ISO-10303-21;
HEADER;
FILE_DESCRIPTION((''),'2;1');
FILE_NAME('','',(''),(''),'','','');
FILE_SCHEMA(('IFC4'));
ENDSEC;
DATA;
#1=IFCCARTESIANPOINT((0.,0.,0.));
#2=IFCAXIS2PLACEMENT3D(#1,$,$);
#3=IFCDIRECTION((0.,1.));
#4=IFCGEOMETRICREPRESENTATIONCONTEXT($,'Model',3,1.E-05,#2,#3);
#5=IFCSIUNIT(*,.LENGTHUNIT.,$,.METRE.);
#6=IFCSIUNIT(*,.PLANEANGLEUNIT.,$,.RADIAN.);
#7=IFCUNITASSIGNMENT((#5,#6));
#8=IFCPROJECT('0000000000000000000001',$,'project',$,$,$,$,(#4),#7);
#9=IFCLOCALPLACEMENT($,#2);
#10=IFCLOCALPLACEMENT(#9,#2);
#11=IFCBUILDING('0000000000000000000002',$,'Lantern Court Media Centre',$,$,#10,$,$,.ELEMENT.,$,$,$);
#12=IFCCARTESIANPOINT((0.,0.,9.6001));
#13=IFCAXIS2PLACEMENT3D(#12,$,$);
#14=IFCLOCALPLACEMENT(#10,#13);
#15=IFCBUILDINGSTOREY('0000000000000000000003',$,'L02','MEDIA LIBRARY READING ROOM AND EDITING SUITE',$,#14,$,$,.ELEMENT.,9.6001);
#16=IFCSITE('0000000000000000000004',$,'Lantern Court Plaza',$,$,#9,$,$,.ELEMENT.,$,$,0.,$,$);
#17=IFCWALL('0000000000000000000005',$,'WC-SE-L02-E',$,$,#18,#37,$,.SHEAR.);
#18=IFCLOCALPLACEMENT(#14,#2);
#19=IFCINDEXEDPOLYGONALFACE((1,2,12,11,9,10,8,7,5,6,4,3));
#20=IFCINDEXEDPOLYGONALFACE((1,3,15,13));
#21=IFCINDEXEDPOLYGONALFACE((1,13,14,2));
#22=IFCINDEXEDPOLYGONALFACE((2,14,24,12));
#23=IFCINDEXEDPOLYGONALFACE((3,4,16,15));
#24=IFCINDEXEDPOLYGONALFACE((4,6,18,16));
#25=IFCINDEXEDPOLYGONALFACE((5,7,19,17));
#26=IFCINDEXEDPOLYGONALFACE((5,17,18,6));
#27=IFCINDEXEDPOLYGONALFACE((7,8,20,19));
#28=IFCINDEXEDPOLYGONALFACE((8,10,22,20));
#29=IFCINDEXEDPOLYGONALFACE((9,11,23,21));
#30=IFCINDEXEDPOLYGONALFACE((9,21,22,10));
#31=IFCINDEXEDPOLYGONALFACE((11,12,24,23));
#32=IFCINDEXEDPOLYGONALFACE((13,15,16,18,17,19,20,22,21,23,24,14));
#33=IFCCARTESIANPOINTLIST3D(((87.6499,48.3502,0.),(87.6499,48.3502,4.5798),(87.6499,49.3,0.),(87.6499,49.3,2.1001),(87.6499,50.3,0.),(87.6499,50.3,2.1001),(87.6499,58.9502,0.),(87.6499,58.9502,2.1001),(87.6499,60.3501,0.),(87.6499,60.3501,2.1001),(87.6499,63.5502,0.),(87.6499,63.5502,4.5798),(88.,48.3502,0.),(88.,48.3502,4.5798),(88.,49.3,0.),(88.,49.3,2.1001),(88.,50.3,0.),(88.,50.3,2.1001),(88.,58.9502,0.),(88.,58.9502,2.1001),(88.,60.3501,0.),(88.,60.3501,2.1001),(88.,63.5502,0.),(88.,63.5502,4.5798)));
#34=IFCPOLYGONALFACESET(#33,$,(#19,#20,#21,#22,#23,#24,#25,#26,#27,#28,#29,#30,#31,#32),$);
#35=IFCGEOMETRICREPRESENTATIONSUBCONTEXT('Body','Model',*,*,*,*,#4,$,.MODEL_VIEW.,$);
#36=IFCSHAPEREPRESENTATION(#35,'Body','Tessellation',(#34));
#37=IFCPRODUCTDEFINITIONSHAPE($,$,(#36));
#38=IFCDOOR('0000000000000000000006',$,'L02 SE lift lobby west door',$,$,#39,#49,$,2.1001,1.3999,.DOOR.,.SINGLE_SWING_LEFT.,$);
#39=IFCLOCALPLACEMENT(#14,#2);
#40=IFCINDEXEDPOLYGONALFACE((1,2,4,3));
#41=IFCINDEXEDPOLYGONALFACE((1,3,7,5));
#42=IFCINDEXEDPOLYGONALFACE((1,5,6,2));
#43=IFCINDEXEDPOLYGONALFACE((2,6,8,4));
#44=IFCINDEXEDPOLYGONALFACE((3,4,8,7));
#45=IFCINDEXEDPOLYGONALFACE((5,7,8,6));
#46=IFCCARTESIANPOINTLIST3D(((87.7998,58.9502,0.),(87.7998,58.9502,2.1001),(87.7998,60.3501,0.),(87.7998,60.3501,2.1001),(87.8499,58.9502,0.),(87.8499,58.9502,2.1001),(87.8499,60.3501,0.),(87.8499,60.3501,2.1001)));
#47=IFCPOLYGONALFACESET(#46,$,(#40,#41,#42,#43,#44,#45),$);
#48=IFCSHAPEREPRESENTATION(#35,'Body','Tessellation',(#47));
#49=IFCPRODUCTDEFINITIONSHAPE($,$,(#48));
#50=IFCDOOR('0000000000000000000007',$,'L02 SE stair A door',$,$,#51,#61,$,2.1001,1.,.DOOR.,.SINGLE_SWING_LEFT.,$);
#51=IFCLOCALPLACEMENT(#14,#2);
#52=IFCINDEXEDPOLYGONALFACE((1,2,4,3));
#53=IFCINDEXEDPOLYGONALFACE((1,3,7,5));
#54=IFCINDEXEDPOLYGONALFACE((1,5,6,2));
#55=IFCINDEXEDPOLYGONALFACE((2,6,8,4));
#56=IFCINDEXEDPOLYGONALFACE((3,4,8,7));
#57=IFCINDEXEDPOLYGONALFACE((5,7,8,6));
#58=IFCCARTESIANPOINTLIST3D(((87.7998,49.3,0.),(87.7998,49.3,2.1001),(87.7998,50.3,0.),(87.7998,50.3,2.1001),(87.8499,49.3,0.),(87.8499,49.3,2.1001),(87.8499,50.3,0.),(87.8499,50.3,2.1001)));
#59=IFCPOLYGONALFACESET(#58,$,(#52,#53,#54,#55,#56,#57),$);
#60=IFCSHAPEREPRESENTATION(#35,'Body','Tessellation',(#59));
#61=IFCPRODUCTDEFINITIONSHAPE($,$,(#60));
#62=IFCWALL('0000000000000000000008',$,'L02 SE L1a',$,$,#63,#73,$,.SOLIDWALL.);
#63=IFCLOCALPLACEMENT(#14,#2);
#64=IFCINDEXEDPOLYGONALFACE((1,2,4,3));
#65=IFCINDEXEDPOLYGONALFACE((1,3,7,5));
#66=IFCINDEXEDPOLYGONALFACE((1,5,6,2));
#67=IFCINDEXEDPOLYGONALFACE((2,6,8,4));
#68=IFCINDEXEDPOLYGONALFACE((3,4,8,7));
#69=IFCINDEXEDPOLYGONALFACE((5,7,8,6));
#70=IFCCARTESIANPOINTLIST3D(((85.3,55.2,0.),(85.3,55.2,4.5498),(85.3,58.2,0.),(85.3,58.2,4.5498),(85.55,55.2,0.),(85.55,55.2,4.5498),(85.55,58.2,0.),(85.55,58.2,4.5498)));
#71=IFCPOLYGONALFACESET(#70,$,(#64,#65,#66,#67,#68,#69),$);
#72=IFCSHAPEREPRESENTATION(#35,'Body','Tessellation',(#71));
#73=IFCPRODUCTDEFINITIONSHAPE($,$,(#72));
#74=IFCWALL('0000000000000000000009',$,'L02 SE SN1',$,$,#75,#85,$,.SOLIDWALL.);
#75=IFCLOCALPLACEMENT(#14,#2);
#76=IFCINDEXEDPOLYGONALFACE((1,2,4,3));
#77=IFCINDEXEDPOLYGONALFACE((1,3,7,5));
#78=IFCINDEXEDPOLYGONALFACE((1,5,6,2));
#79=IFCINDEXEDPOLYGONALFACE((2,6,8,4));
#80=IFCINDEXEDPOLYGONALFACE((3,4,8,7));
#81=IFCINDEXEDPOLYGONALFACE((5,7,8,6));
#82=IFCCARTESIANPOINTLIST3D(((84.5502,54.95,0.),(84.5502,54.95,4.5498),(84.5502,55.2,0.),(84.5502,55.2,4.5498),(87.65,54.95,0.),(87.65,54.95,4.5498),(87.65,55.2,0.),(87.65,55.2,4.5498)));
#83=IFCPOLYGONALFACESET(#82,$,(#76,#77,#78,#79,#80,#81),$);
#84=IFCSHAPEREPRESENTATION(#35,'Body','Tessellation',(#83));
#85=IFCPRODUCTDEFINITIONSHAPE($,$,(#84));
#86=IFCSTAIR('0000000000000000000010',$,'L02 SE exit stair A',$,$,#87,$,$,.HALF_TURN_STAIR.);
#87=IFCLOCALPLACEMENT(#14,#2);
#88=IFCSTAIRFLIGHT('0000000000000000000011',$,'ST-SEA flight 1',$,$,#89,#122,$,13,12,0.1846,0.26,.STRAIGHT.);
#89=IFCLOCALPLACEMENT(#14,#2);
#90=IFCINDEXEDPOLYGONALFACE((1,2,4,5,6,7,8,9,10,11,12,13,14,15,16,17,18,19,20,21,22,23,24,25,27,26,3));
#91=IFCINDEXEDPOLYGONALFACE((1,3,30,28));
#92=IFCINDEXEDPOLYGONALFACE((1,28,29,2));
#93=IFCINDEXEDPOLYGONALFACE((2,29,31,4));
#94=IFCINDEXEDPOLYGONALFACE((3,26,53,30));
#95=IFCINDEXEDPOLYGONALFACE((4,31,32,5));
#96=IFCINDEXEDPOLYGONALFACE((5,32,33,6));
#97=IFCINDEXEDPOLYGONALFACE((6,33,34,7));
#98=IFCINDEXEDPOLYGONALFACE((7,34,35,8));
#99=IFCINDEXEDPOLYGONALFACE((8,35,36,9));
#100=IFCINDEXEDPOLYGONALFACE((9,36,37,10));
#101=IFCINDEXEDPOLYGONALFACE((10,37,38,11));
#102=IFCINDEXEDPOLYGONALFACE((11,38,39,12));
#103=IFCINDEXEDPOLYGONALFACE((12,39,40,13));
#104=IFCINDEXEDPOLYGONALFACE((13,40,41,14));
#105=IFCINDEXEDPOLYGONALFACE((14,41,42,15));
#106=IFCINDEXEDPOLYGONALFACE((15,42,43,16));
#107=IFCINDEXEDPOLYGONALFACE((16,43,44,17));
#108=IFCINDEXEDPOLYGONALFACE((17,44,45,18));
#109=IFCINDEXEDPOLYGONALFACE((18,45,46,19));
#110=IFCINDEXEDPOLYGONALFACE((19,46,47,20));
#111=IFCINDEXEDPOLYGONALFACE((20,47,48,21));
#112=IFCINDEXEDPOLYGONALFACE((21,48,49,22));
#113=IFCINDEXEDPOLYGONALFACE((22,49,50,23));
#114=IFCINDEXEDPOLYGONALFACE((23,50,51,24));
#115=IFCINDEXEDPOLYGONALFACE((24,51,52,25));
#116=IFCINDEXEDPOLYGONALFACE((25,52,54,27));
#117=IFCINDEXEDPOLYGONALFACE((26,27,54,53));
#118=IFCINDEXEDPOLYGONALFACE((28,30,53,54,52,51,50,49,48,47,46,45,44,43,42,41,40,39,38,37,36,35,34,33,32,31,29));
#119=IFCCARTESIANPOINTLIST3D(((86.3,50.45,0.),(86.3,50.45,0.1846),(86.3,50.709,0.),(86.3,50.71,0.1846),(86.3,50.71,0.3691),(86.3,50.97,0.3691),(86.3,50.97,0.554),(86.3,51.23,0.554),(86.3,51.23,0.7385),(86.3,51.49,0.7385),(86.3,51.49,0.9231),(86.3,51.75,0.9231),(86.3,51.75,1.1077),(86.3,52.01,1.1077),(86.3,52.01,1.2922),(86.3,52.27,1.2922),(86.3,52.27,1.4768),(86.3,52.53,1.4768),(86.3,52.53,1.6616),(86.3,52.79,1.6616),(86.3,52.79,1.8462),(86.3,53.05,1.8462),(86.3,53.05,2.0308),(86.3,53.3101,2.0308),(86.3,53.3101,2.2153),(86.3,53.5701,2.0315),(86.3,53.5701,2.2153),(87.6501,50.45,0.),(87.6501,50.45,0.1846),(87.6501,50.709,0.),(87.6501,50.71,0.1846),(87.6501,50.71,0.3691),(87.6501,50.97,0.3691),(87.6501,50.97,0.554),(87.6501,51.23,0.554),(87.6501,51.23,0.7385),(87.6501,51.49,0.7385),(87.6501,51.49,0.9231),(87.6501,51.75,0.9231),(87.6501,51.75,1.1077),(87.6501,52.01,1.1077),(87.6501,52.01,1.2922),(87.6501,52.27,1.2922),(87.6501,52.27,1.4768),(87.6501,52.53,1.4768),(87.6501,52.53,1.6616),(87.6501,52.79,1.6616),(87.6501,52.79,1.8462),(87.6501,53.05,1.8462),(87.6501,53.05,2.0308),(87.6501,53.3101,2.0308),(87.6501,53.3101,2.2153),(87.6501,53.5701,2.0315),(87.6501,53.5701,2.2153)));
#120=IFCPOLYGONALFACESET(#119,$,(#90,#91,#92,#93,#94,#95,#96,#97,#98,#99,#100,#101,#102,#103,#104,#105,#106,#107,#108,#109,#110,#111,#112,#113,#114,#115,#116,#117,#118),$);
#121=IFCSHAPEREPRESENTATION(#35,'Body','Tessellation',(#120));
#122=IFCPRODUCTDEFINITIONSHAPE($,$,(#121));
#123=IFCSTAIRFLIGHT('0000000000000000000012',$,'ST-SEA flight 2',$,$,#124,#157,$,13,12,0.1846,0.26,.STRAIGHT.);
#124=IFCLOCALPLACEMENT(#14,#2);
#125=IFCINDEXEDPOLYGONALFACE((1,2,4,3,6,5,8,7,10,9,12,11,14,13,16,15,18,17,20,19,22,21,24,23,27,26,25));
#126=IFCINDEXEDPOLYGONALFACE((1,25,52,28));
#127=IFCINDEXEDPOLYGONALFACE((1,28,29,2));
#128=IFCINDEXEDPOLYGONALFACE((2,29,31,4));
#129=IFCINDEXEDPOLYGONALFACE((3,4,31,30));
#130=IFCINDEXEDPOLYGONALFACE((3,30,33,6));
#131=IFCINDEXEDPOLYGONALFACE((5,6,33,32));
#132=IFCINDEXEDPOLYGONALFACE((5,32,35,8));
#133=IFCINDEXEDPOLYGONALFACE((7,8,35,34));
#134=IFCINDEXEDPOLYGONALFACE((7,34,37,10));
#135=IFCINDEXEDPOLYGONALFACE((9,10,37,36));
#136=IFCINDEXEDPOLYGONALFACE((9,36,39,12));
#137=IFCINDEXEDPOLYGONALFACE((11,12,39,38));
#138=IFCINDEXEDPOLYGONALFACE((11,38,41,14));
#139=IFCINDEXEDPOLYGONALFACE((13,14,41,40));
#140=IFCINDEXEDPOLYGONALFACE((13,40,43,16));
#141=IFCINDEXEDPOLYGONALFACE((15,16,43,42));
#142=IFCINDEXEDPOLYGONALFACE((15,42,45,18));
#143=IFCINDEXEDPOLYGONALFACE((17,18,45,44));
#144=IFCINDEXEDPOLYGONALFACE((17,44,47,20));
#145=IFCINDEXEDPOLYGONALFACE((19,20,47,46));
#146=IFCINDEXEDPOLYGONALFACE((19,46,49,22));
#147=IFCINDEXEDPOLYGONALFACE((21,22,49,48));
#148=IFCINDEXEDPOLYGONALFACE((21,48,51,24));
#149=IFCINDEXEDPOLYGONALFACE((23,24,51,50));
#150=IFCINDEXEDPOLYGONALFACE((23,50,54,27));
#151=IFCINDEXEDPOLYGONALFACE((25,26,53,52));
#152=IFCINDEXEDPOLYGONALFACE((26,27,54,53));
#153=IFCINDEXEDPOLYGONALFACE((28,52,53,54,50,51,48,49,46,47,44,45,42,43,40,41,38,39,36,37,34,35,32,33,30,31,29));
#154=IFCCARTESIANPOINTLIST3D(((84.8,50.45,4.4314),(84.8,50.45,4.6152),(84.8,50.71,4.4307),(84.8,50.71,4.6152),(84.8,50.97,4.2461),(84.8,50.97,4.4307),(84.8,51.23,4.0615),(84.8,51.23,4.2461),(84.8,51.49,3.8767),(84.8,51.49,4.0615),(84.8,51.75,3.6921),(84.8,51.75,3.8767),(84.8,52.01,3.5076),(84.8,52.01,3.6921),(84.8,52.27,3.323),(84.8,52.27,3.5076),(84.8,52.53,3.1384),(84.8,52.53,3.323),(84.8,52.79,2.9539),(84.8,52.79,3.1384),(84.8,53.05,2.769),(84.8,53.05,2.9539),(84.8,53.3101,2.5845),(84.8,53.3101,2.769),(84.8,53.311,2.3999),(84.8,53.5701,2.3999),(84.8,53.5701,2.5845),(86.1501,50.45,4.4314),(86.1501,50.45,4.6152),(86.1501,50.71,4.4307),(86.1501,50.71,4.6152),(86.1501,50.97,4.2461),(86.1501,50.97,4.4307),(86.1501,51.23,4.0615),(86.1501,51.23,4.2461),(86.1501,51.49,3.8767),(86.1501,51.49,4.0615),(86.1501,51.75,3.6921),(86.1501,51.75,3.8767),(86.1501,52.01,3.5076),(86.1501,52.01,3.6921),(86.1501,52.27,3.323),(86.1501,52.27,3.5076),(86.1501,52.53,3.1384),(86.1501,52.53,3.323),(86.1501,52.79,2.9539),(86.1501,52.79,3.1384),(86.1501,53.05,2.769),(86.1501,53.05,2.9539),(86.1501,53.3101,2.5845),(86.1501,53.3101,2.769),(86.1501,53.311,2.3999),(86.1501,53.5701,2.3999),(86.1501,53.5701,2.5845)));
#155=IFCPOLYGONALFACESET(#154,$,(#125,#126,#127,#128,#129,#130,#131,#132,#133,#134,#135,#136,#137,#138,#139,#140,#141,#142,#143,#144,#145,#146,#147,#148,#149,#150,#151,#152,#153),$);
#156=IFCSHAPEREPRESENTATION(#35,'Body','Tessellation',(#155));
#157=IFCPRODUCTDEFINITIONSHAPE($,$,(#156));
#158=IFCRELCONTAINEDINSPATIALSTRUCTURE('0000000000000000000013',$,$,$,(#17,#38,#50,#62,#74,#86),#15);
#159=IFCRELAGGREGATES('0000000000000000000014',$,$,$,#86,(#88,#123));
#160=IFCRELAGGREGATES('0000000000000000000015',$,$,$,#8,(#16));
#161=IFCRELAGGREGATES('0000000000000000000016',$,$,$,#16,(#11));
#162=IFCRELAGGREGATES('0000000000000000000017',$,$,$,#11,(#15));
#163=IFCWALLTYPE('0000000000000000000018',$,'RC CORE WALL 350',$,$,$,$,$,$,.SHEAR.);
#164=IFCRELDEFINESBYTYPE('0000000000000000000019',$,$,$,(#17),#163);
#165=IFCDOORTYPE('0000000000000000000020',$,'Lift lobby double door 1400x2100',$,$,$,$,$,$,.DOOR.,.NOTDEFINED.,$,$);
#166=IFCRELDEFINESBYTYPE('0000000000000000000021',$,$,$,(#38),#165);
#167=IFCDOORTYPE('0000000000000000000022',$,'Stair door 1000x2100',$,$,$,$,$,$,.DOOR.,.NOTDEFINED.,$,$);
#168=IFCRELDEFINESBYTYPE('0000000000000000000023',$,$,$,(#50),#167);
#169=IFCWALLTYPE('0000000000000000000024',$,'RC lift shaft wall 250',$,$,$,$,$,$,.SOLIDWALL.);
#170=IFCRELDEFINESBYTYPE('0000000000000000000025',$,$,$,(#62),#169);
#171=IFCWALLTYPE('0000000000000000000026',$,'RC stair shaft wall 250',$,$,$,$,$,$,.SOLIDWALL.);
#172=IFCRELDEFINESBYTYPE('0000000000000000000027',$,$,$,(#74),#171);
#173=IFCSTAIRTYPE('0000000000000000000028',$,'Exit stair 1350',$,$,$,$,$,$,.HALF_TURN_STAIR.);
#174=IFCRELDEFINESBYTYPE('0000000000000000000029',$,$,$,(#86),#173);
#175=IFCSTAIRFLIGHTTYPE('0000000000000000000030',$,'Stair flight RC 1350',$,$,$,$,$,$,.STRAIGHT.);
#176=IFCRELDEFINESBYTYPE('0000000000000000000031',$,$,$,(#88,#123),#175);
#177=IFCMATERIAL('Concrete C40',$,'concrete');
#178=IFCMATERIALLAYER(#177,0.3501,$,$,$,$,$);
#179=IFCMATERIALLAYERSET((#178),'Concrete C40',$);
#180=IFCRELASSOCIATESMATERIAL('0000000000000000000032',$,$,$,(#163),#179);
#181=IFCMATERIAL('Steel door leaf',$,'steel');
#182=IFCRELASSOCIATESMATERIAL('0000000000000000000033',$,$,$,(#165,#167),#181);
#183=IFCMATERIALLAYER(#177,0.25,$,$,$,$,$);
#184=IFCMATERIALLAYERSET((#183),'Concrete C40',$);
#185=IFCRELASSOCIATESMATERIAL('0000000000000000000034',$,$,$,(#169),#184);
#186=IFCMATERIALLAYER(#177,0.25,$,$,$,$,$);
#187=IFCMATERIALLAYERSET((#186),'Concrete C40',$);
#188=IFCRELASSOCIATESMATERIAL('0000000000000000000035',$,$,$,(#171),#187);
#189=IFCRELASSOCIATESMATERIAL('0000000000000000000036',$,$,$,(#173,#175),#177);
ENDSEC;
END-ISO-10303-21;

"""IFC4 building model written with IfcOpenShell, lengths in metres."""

from ifc_helpers import new_model, si_unit, direction, frame, frame_2d, origin, place, context, subcontext, project, spatial, polyline, rectangle, outline, extrude, material, layer, layer_set, type_object, element, fill, aggregate, save


model = new_model("IFC4")

# Units and contexts
model_context = context("Model", 3, precision=1e-05, world=origin(), true_north=direction((0.0, 1.0)))
body_context = subcontext(model_context, "Body", "Model", "MODEL_VIEW")
ifc_project = project(units=[si_unit("LENGTHUNIT", "METRE"), si_unit("PLANEANGLEUNIT", "RADIAN")], contexts=[model_context])

# Site, building, storey
site_placement = place(None, origin())
site = spatial("IfcSite", under=ifc_project, at=site_placement, Name="Lantern Court Plaza", CompositionType="ELEMENT", RefElevation=0.0)
building_placement = place(site_placement, origin())
building = spatial("IfcBuilding", under=site, at=building_placement, Name="Lantern Court Media Centre", CompositionType="ELEMENT")
storey_placement = place(building_placement, frame((0.0, 0.0, 9.6001)))
storey = spatial("IfcBuildingStorey", under=building, at=storey_placement, Name="L02", Description="MEDIA LIBRARY READING ROOM AND EDITING SUITE", CompositionType="ELEMENT", Elevation=9.6001)

# Wall, openings, doors
ifc_material_1 = material(Name="Concrete C40", Category="concrete")
ifc_layer_1 = layer(ifc_material_1, 0.3501)
ifc_layer_set_1 = layer_set([ifc_layer_1], Name="Concrete C40")
wall_type_1 = type_object("IfcWallType", Name="RC CORE WALL 350", PredefinedType="SHEAR", material=ifc_layer_set_1)
wall_1_placement = place(storey_placement, frame((87.825, 48.3501, 0.0), z_axis=(0.0, 0.0, 1.0), x_axis=(0.0, 1.0, 0.0)))
wall_1 = element("IfcWall", 1, at=wall_1_placement, inside=storey, type_object=wall_type_1, Name="WC-SE-L02-E", PredefinedType="SHEAR", context=body_context, shape_type="SweptSolid", body=[
    extrude(rectangle(XDim=15.2, YDim=0.3501, at=frame_2d((7.6001, 0.0))), origin(), (0.0, 0.0, 1.0), 4.5798),
])
opening_1_placement = place(wall_1_placement, frame((0.95, 0.0, 0.0)))
opening_1 = element("IfcOpeningElement", 2, at=opening_1_placement, cuts=wall_1, PredefinedType="OPENING", context=body_context, shape_type="SweptSolid", body=[
    extrude(rectangle(XDim=1.0, YDim=2.1001, at=frame_2d((0.5, 1.05))), frame((0.0, 0.1851, 0.0), z_axis=(0.0, -1.0, 0.0), x_axis=(1.0, 0.0, 0.0)), (0.0, 0.0, 1.0), 0.3701),
])
opening_2_placement = place(wall_1_placement, frame((10.6001, 0.0, 0.0)))
opening_2 = element("IfcOpeningElement", 3, at=opening_2_placement, cuts=wall_1, PredefinedType="OPENING", context=body_context, shape_type="SweptSolid", body=[
    extrude(rectangle(XDim=1.3999, YDim=2.1001, at=frame_2d((0.7, 1.05))), frame((0.0, 0.1851, 0.0), z_axis=(0.0, -1.0, 0.0), x_axis=(1.0, 0.0, 0.0)), (0.0, 0.0, 1.0), 0.3701),
])
ifc_material_2 = material(Name="Steel door leaf", Category="steel")
door_type_1 = type_object("IfcDoorType", Name="Lift lobby double door 1400x2100", OperationType="NOTDEFINED", PredefinedType="DOOR", material=ifc_material_2)
door_1_placement = place(opening_2_placement, frame((1.3999, 0.0, 0.0), z_axis=(0.0, 0.0, 1.0), x_axis=(-1.0, 0.0, 0.0)))
door_1 = element("IfcDoor", 4, at=door_1_placement, inside=storey, type_object=door_type_1, Name="L02 SE lift lobby west door", OperationType="SINGLE_SWING_LEFT", OverallHeight=2.1001, OverallWidth=1.3999, PredefinedType="DOOR", context=body_context, shape_type="SweptSolid", body=[
    extrude(rectangle(XDim=1.3999, YDim=2.1001, at=frame_2d((0.7, 1.05))), frame((0.0, 0.0249, 0.0), z_axis=(0.0, -1.0, 0.0), x_axis=(1.0, 0.0, 0.0)), (0.0, 0.0, 1.0), 0.05),
])
fill(opening_2, door_1)
door_type_2 = type_object("IfcDoorType", Name="Stair door 1000x2100", OperationType="NOTDEFINED", PredefinedType="DOOR", material=ifc_material_2)
door_2_placement = place(opening_1_placement, frame((1.0, 0.0, 0.0), z_axis=(0.0, 0.0, 1.0), x_axis=(-1.0, 0.0, 0.0)))
door_2 = element("IfcDoor", 5, at=door_2_placement, inside=storey, type_object=door_type_2, Name="L02 SE stair A door", OperationType="SINGLE_SWING_LEFT", OverallHeight=2.1001, OverallWidth=1.0, PredefinedType="DOOR", context=body_context, shape_type="SweptSolid", body=[
    extrude(rectangle(XDim=1.0, YDim=2.1001, at=frame_2d((0.5, 1.05))), frame((0.0, 0.0249, 0.0), z_axis=(0.0, -1.0, 0.0), x_axis=(1.0, 0.0, 0.0)), (0.0, 0.0, 1.0), 0.05),
])
fill(opening_1, door_2)

# Walls
ifc_layer_2 = layer(ifc_material_1, 0.25)
ifc_layer_set_2 = layer_set([ifc_layer_2], Name="Concrete C40")
wall_type_2 = type_object("IfcWallType", Name="RC lift shaft wall 250", PredefinedType="SOLIDWALL", material=ifc_layer_set_2)
wall_2_placement = place(storey_placement, frame((85.425, 55.2, 0.0), z_axis=(0.0, 0.0, 1.0), x_axis=(0.0, 1.0, 0.0)))
element("IfcWall", 6, at=wall_2_placement, inside=storey, type_object=wall_type_2, Name="L02 SE L1a", PredefinedType="SOLIDWALL", context=body_context, shape_type="SweptSolid", body=[
    extrude(rectangle(XDim=3.0, YDim=0.25, at=frame_2d((1.5, 0.0))), origin(), (0.0, 0.0, 1.0), 4.5498),
])
ifc_layer_3 = layer(ifc_material_1, 0.25)
ifc_layer_set_3 = layer_set([ifc_layer_3], Name="Concrete C40")
wall_type_3 = type_object("IfcWallType", Name="RC stair shaft wall 250", PredefinedType="SOLIDWALL", material=ifc_layer_set_3)
wall_3_placement = place(storey_placement, frame((87.6499, 55.075, 0.0), z_axis=(0.0, 0.0, 1.0), x_axis=(-1.0, 0.0, 0.0)))
element("IfcWall", 7, at=wall_3_placement, inside=storey, type_object=wall_type_3, Name="L02 SE SN1", PredefinedType="SOLIDWALL", context=body_context, shape_type="SweptSolid", body=[
    extrude(rectangle(XDim=3.0999, YDim=0.25, at=frame_2d((1.5498, 0.0))), origin(), (0.0, 0.0, 1.0), 4.5498),
])

# Stair, stair flights
stair_type = type_object("IfcStairType", Name="Exit stair 1350", PredefinedType="HALF_TURN_STAIR", material=ifc_material_1)
stair_placement = place(storey_placement, origin())
stair = element("IfcStair", 8, at=stair_placement, inside=storey, type_object=stair_type, Name="L02 SE exit stair A", PredefinedType="HALF_TURN_STAIR")
stair_flight_type = type_object("IfcStairFlightType", Name="Stair flight RC 1350", PredefinedType="STRAIGHT", material=ifc_material_1)
stair_flight_1_placement = place(storey_placement, frame((86.9751, 50.45, 0.0), z_axis=(0.0, 0.0, 1.0), x_axis=(0.0, 1.0, 0.0)))
stair_flight_1 = element("IfcStairFlight", 9, at=stair_flight_1_placement, type_object=stair_flight_type, Name="ST-SEA flight 1", NumberOfRisers=13, NumberOfTreads=12, PredefinedType="STRAIGHT", RiserHeight=0.1846, TreadLength=0.26, context=body_context, shape_type="SweptSolid", body=[
    extrude(outline(polyline([(0.0, 0.0), (0.0, 0.1846), (0.26, 0.1846), (0.26, 0.3691), (0.52, 0.3691), (0.52, 0.554), (0.78, 0.554), (0.78, 0.7385), (1.04, 0.7385), (1.04, 0.9231), (1.3, 0.9231), (1.3, 1.1077), (1.5601, 1.1077), (1.5601, 1.2922), (1.8201, 1.2922), (1.8201, 1.4768), (2.0801, 1.4768), (2.0801, 1.6616), (2.3401, 1.6616), (2.3401, 1.8462), (2.6001, 1.8462), (2.6001, 2.0308), (2.8601, 2.0308), (2.8601, 2.2153), (3.1201, 2.2153), (3.1201, 2.3999), (3.1201, 2.0315), (0.259, 0.0), (0.0, 0.0)])), frame((0.0, 0.675, 0.0), z_axis=(0.0, -1.0, 0.0), x_axis=(1.0, 0.0, 0.0)), (0.0, 0.0, 1.0), 1.3501),
])
stair_flight_2_placement = place(storey_placement, frame((85.4751, 53.5701, 2.3999), z_axis=(0.0, 0.0, 1.0), x_axis=(0.0, -1.0, 0.0)))
stair_flight_2 = element("IfcStairFlight", 10, at=stair_flight_2_placement, type_object=stair_flight_type, Name="ST-SEA flight 2", NumberOfRisers=13, NumberOfTreads=12, PredefinedType="STRAIGHT", RiserHeight=0.1846, TreadLength=0.26, context=body_context, shape_type="SweptSolid", body=[
    extrude(outline(polyline([(0.0, 0.0), (0.0, 0.1846), (0.26, 0.1846), (0.26, 0.3691), (0.52, 0.3691), (0.52, 0.554), (0.78, 0.554), (0.78, 0.7385), (1.04, 0.7385), (1.04, 0.9231), (1.3, 0.9231), (1.3, 1.1077), (1.5601, 1.1077), (1.5601, 1.2922), (1.8201, 1.2922), (1.8201, 1.4768), (2.0801, 1.4768), (2.0801, 1.6616), (2.3401, 1.6616), (2.3401, 1.8462), (2.6001, 1.8462), (2.6001, 2.0308), (2.8601, 2.0308), (2.8601, 2.2153), (3.1201, 2.2153), (3.1201, 2.3999), (3.1201, 2.0315), (0.259, 0.0), (0.0, 0.0)])), frame((0.0, 0.675, 0.0), z_axis=(0.0, -1.0, 0.0), x_axis=(1.0, 0.0, 0.0)), (0.0, 0.0, 1.0), 1.3501),
])
aggregate(stair, [stair_flight_1, stair_flight_2])

save(model, "model.ifc")
